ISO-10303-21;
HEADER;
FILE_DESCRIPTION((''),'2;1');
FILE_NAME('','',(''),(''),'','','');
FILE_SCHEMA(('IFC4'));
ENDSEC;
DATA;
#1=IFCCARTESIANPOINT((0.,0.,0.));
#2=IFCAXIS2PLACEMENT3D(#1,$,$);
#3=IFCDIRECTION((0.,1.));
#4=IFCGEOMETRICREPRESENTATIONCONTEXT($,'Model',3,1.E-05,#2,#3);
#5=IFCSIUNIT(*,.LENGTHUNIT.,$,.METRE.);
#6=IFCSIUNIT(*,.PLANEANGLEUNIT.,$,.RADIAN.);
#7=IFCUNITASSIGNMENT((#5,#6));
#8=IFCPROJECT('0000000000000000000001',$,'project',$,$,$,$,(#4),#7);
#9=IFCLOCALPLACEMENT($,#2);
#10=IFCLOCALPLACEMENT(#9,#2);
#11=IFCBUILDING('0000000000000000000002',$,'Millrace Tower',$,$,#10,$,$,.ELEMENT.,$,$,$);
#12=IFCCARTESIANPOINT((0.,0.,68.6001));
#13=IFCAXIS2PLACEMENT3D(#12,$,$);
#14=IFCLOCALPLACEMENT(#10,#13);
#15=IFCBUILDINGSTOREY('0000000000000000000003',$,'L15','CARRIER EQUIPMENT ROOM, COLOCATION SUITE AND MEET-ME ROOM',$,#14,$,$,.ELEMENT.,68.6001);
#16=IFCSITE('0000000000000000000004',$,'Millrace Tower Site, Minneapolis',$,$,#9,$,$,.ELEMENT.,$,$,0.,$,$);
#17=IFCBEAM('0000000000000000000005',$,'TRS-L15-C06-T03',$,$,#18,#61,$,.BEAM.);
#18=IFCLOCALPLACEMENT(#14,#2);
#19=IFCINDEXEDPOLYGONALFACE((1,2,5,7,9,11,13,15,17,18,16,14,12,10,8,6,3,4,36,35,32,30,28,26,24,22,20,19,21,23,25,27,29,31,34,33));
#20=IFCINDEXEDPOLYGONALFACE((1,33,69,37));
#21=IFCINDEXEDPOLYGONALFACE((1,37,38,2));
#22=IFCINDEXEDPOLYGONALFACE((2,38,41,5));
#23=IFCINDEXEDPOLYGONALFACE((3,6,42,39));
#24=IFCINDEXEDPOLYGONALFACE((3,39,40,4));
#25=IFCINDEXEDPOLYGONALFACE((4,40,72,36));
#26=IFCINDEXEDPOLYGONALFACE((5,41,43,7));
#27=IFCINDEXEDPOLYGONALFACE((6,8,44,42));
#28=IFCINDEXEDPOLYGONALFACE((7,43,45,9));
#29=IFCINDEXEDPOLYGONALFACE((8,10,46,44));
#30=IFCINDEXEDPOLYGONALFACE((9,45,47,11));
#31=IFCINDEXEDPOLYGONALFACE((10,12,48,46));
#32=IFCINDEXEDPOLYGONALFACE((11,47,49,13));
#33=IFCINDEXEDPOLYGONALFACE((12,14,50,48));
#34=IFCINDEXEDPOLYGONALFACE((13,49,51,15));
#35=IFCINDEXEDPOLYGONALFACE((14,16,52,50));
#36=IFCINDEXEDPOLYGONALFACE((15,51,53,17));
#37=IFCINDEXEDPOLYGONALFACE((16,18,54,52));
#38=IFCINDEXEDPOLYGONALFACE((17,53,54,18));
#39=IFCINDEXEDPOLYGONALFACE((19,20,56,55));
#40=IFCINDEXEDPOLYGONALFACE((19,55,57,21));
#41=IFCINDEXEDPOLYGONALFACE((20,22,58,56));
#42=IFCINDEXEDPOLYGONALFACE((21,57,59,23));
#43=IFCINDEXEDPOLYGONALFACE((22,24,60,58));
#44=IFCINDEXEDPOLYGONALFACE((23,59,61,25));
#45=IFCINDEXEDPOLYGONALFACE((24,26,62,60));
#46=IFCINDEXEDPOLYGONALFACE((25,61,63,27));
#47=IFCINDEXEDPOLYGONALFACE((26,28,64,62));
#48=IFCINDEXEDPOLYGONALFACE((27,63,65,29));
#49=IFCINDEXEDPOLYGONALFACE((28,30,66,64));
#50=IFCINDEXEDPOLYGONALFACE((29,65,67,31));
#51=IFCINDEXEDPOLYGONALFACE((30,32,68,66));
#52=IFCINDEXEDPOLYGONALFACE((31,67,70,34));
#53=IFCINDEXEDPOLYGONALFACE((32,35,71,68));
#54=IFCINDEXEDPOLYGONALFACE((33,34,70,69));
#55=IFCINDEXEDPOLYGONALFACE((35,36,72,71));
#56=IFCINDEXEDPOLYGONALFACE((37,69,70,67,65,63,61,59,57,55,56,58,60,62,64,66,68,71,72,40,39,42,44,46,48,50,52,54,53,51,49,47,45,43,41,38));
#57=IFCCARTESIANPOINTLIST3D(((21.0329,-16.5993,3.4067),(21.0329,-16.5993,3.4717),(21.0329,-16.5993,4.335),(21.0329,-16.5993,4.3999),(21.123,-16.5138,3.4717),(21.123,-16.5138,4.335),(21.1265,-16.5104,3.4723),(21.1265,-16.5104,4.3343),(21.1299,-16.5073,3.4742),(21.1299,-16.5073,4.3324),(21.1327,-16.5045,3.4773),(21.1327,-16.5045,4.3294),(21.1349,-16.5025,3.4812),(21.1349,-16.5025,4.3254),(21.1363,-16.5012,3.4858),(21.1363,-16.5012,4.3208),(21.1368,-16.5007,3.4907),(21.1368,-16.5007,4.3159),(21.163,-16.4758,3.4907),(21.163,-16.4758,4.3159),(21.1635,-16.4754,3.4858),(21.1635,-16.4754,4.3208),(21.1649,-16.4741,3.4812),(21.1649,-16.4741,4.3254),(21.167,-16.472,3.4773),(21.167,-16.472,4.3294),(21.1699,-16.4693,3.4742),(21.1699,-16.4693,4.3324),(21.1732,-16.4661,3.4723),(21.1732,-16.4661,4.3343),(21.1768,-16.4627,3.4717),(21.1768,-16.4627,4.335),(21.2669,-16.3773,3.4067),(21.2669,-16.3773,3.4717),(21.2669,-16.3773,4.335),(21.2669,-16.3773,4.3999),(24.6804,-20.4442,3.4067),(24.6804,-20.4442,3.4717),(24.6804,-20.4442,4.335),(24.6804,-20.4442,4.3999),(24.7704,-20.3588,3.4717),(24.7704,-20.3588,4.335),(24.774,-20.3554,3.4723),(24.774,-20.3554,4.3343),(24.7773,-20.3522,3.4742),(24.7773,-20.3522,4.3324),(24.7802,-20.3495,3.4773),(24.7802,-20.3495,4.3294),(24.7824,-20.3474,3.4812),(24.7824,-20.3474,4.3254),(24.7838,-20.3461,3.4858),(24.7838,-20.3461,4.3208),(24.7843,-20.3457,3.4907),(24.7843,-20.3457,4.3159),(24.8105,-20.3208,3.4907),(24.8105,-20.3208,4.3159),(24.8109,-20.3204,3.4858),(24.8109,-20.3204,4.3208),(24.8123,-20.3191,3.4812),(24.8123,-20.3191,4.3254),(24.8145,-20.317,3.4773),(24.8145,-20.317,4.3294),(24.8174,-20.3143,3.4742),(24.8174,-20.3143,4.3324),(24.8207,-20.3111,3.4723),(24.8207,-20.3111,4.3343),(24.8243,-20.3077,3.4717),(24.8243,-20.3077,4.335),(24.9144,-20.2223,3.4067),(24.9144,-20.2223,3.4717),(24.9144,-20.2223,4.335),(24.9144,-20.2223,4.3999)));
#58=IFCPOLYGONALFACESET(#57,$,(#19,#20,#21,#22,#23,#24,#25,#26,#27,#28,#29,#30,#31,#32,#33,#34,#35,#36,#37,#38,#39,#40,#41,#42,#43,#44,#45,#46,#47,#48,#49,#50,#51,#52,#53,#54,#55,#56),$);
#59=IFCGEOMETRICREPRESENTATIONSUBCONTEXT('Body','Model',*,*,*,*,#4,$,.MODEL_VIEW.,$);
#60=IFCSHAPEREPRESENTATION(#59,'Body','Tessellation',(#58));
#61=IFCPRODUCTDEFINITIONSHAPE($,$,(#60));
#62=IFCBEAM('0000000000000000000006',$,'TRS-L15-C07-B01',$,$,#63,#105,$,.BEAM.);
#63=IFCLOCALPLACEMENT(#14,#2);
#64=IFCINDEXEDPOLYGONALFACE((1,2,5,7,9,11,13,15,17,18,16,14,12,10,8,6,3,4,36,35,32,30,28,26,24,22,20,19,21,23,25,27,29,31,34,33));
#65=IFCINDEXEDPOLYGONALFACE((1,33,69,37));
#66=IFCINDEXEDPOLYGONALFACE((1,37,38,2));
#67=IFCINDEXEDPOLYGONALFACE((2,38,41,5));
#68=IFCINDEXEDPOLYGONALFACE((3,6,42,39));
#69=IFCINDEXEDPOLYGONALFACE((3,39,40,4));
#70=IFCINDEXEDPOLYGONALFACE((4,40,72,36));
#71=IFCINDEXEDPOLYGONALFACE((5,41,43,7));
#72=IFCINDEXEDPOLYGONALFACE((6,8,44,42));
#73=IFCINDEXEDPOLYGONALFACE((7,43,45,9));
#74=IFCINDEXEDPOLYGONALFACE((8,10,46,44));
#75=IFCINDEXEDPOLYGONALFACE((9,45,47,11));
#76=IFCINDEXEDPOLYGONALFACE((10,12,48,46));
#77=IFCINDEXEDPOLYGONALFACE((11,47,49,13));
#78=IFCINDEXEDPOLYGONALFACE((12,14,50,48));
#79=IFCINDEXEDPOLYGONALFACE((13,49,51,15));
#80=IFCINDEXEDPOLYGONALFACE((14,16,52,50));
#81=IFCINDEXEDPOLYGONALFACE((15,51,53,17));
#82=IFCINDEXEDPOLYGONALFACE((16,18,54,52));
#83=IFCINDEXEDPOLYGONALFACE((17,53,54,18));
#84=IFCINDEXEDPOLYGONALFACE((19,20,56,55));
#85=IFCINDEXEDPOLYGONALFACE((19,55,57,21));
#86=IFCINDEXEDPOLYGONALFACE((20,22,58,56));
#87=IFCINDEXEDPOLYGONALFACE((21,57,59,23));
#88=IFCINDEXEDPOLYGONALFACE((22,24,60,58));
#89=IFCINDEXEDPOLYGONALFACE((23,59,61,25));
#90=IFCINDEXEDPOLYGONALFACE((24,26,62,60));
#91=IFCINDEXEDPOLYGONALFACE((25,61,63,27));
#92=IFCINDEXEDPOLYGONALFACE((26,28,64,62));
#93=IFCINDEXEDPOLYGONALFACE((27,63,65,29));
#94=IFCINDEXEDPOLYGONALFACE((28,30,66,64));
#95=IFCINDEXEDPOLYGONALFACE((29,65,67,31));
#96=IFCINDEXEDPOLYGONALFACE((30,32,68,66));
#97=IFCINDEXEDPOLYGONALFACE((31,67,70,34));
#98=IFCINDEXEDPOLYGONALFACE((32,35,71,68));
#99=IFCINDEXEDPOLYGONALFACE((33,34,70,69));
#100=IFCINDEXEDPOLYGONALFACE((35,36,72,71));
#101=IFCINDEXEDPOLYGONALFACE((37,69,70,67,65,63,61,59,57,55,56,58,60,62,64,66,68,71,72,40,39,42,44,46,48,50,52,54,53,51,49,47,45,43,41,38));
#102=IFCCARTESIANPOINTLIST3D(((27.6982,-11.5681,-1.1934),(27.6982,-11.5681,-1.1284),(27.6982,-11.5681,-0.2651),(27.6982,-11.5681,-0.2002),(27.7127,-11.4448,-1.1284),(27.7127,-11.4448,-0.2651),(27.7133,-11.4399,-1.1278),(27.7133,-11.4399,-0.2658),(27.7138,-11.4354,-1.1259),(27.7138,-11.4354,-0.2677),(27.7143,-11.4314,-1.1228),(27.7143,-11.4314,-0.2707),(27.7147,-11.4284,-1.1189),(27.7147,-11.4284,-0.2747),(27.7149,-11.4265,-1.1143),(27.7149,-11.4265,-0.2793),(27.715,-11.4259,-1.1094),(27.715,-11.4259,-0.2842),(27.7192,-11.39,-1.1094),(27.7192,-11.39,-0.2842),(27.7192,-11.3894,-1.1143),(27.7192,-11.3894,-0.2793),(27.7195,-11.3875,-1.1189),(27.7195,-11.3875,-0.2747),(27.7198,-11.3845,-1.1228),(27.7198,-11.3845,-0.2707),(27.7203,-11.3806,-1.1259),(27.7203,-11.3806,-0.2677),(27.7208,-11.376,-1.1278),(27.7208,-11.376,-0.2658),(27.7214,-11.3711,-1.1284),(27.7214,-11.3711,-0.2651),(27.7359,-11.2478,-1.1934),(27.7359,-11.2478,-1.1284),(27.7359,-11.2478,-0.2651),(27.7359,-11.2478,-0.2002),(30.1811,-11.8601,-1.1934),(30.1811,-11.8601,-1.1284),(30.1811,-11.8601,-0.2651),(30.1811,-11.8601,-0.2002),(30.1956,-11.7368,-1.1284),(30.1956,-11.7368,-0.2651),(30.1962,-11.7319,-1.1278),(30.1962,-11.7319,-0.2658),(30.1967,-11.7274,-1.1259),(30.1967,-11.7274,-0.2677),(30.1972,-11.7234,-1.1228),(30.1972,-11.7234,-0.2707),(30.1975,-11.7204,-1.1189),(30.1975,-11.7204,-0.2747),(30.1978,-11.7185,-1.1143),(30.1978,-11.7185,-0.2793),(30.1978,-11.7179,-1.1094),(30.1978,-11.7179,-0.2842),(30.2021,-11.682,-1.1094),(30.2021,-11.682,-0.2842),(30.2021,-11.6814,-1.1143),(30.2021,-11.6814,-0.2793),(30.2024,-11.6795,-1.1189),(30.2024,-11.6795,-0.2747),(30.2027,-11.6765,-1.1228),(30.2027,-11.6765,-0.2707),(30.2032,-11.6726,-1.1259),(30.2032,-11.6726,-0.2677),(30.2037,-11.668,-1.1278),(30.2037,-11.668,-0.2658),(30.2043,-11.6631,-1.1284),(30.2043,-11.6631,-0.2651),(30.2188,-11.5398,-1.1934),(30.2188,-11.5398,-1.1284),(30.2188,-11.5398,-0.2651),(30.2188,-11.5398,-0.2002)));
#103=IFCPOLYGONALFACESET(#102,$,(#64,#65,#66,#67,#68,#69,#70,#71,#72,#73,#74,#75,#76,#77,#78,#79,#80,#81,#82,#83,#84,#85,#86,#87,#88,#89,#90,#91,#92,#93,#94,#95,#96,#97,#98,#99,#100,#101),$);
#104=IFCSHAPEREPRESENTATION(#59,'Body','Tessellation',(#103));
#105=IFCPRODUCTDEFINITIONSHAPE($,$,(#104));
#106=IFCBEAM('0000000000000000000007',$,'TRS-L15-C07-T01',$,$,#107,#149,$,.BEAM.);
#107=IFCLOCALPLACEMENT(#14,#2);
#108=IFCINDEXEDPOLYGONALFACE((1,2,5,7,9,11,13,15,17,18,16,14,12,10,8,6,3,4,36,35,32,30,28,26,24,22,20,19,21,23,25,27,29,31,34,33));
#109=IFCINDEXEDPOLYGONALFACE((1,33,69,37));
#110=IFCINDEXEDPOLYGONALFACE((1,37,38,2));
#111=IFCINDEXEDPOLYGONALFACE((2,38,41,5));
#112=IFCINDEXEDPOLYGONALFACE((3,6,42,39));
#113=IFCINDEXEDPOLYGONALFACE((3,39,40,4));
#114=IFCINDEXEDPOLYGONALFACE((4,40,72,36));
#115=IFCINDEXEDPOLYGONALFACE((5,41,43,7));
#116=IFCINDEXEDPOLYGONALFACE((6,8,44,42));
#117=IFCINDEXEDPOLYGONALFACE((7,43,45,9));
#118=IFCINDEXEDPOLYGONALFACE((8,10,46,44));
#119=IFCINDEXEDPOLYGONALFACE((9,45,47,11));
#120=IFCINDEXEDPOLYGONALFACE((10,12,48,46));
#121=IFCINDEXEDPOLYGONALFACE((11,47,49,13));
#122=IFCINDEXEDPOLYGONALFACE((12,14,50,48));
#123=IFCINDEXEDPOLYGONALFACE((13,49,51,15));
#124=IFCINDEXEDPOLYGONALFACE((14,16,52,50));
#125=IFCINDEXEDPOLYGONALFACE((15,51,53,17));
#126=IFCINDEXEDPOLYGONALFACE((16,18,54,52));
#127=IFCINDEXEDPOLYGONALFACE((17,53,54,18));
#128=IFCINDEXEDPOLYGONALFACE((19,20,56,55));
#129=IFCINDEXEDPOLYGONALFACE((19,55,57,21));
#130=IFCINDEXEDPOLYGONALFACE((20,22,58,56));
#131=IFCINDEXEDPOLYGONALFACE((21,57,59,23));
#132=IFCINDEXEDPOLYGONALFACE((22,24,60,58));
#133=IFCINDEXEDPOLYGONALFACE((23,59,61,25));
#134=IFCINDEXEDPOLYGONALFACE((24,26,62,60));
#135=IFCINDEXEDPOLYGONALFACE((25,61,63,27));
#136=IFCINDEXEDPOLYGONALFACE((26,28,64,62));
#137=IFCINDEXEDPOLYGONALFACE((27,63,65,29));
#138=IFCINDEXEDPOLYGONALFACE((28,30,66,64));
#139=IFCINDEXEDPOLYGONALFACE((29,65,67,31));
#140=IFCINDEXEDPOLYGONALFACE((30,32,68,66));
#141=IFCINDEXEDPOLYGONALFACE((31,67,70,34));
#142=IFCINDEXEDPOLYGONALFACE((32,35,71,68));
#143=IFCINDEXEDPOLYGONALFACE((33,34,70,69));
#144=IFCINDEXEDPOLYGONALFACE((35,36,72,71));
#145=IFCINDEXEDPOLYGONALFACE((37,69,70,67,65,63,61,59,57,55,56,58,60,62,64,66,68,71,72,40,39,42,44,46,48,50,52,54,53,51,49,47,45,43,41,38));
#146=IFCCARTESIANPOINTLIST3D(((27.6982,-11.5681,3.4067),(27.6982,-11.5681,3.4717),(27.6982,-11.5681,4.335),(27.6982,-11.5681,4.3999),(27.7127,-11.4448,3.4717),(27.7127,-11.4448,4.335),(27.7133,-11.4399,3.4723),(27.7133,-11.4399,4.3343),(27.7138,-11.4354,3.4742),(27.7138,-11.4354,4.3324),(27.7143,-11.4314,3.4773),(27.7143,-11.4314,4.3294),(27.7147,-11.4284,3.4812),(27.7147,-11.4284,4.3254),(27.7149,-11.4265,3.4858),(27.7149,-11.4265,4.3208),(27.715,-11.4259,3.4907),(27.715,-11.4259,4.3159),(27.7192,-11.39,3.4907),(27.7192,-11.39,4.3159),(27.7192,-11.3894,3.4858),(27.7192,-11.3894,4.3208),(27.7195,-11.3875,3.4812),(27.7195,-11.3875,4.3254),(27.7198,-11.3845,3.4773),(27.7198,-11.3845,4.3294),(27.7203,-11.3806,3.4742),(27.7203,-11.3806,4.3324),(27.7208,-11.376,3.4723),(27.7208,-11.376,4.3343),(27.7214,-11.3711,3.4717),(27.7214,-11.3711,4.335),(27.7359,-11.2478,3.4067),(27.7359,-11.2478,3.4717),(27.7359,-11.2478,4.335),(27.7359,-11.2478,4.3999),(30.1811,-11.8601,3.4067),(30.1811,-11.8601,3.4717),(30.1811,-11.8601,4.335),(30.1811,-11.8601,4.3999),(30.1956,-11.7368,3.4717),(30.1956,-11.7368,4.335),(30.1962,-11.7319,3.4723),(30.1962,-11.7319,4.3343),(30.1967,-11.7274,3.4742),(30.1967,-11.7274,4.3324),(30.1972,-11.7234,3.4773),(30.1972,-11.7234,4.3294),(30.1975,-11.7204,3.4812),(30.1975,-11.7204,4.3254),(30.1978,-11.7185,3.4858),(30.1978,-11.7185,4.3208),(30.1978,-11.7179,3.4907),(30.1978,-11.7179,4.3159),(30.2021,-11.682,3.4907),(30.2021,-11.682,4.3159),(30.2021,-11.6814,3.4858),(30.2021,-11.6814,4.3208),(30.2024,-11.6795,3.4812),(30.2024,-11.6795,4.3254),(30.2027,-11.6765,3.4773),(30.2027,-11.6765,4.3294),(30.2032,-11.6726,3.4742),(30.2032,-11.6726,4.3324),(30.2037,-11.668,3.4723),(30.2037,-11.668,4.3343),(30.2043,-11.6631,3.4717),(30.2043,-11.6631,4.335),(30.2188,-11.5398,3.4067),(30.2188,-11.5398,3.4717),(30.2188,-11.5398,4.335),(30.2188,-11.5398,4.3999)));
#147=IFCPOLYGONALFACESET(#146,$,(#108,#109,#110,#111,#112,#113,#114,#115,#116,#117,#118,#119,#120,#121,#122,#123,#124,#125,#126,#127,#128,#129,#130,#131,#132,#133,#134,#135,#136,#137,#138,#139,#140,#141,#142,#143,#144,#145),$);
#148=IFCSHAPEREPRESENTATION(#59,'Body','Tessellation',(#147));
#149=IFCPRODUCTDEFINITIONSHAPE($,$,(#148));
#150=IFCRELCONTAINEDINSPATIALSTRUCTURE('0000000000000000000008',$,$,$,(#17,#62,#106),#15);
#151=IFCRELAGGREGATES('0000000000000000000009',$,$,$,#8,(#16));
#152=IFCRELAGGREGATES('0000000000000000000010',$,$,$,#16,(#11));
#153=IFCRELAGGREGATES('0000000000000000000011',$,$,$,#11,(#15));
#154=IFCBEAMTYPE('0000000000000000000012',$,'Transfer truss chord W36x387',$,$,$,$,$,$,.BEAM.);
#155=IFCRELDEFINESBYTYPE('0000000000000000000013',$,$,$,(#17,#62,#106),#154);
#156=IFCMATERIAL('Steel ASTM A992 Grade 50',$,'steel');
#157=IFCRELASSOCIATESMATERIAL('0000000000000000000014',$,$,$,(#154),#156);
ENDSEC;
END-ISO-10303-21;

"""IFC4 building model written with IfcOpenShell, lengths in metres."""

from ifc_helpers import new_model, si_unit, direction, frame, origin, origin_2d, place, context, subcontext, project, spatial, i_section, extrude, material, material_profile, profile_set, type_object, element, save


model = new_model("IFC4")

# Units and contexts
model_context = context("Model", 3, precision=1e-05, world=origin(), true_north=direction((0.0, 1.0)))
body_context = subcontext(model_context, "Body", "Model", "MODEL_VIEW")
ifc_project = project(units=[si_unit("LENGTHUNIT", "METRE"), si_unit("PLANEANGLEUNIT", "RADIAN")], contexts=[model_context])

# Site, building, storey
site_placement = place(None, origin())
site = spatial("IfcSite", under=ifc_project, at=site_placement, Name="Millrace Tower Site, Minneapolis", CompositionType="ELEMENT", RefElevation=0.0)
building_placement = place(site_placement, origin())
building = spatial("IfcBuilding", under=site, at=building_placement, Name="Millrace Tower", CompositionType="ELEMENT")
storey_placement = place(building_placement, frame((0.0, 0.0, 68.6001)))
storey = spatial("IfcBuildingStorey", under=building, at=storey_placement, Name="L15", Description="CARRIER EQUIPMENT ROOM, COLOCATION SUITE AND MEET-ME ROOM", CompositionType="ELEMENT", Elevation=68.6001)

# Beams
ifc_material_1 = material(Name="Steel ASTM A992 Grade 50", Category="steel")
ifc_material_profile_1 = material_profile(ifc_material_1, i_section(OverallWidth=0.3225, OverallDepth=0.9932, WebThickness=0.0361, FlangeThickness=0.0649, FilletRadius=0.019, at=origin_2d()))
ifc_profile_set_1 = profile_set([ifc_material_profile_1], Name="Steel ASTM A992 Grade 50")
beam_type_1 = type_object("IfcBeamType", Name="Transfer truss chord W36x387", PredefinedType="BEAM", material=ifc_profile_set_1)
for number, where, z_axis, x_axis, name in (
    (1, (24.7974, -20.3333, 3.9033), (-0.688227, 0.725495, 0.0), (-0.725495, -0.688227, 0.0), "TRS-L15-C06-T03"),
):
    element("IfcBeam", number, at=place(storey_placement, frame(where, z_axis=z_axis, x_axis=x_axis)), inside=storey, type_object=beam_type_1, Name=name, PredefinedType="BEAM", context=body_context, shape_type="SweptSolid", body=[
        extrude(i_section(OverallWidth=0.3225, OverallDepth=0.9932, WebThickness=0.0361, FlangeThickness=0.0649, FilletRadius=0.019, at=origin_2d()), origin(), (0.0, 0.0, 1.0), 5.2998),
    ])
for number, where, z_axis, x_axis, name in (
    (2, (30.2, -11.7, -0.6968), (-0.993156, 0.116796, 0.0), (-0.116796, -0.993156, 0.0), "TRS-L15-C07-B01"),
    (3, (30.2, -11.7, 3.9033), (-0.993156, 0.116796, 0.0), (-0.116796, -0.993156, 0.0), "TRS-L15-C07-T01"),
):
    element("IfcBeam", number, at=place(storey_placement, frame(where, z_axis=z_axis, x_axis=x_axis)), inside=storey, type_object=beam_type_1, Name=name, PredefinedType="BEAM", context=body_context, shape_type="SweptSolid", body=[
        extrude(i_section(OverallWidth=0.3225, OverallDepth=0.9932, WebThickness=0.0361, FlangeThickness=0.0649, FilletRadius=0.019, at=origin_2d()), origin(), (0.0, 0.0, 1.0), 2.5),
    ])

save(model, "model.ifc")
